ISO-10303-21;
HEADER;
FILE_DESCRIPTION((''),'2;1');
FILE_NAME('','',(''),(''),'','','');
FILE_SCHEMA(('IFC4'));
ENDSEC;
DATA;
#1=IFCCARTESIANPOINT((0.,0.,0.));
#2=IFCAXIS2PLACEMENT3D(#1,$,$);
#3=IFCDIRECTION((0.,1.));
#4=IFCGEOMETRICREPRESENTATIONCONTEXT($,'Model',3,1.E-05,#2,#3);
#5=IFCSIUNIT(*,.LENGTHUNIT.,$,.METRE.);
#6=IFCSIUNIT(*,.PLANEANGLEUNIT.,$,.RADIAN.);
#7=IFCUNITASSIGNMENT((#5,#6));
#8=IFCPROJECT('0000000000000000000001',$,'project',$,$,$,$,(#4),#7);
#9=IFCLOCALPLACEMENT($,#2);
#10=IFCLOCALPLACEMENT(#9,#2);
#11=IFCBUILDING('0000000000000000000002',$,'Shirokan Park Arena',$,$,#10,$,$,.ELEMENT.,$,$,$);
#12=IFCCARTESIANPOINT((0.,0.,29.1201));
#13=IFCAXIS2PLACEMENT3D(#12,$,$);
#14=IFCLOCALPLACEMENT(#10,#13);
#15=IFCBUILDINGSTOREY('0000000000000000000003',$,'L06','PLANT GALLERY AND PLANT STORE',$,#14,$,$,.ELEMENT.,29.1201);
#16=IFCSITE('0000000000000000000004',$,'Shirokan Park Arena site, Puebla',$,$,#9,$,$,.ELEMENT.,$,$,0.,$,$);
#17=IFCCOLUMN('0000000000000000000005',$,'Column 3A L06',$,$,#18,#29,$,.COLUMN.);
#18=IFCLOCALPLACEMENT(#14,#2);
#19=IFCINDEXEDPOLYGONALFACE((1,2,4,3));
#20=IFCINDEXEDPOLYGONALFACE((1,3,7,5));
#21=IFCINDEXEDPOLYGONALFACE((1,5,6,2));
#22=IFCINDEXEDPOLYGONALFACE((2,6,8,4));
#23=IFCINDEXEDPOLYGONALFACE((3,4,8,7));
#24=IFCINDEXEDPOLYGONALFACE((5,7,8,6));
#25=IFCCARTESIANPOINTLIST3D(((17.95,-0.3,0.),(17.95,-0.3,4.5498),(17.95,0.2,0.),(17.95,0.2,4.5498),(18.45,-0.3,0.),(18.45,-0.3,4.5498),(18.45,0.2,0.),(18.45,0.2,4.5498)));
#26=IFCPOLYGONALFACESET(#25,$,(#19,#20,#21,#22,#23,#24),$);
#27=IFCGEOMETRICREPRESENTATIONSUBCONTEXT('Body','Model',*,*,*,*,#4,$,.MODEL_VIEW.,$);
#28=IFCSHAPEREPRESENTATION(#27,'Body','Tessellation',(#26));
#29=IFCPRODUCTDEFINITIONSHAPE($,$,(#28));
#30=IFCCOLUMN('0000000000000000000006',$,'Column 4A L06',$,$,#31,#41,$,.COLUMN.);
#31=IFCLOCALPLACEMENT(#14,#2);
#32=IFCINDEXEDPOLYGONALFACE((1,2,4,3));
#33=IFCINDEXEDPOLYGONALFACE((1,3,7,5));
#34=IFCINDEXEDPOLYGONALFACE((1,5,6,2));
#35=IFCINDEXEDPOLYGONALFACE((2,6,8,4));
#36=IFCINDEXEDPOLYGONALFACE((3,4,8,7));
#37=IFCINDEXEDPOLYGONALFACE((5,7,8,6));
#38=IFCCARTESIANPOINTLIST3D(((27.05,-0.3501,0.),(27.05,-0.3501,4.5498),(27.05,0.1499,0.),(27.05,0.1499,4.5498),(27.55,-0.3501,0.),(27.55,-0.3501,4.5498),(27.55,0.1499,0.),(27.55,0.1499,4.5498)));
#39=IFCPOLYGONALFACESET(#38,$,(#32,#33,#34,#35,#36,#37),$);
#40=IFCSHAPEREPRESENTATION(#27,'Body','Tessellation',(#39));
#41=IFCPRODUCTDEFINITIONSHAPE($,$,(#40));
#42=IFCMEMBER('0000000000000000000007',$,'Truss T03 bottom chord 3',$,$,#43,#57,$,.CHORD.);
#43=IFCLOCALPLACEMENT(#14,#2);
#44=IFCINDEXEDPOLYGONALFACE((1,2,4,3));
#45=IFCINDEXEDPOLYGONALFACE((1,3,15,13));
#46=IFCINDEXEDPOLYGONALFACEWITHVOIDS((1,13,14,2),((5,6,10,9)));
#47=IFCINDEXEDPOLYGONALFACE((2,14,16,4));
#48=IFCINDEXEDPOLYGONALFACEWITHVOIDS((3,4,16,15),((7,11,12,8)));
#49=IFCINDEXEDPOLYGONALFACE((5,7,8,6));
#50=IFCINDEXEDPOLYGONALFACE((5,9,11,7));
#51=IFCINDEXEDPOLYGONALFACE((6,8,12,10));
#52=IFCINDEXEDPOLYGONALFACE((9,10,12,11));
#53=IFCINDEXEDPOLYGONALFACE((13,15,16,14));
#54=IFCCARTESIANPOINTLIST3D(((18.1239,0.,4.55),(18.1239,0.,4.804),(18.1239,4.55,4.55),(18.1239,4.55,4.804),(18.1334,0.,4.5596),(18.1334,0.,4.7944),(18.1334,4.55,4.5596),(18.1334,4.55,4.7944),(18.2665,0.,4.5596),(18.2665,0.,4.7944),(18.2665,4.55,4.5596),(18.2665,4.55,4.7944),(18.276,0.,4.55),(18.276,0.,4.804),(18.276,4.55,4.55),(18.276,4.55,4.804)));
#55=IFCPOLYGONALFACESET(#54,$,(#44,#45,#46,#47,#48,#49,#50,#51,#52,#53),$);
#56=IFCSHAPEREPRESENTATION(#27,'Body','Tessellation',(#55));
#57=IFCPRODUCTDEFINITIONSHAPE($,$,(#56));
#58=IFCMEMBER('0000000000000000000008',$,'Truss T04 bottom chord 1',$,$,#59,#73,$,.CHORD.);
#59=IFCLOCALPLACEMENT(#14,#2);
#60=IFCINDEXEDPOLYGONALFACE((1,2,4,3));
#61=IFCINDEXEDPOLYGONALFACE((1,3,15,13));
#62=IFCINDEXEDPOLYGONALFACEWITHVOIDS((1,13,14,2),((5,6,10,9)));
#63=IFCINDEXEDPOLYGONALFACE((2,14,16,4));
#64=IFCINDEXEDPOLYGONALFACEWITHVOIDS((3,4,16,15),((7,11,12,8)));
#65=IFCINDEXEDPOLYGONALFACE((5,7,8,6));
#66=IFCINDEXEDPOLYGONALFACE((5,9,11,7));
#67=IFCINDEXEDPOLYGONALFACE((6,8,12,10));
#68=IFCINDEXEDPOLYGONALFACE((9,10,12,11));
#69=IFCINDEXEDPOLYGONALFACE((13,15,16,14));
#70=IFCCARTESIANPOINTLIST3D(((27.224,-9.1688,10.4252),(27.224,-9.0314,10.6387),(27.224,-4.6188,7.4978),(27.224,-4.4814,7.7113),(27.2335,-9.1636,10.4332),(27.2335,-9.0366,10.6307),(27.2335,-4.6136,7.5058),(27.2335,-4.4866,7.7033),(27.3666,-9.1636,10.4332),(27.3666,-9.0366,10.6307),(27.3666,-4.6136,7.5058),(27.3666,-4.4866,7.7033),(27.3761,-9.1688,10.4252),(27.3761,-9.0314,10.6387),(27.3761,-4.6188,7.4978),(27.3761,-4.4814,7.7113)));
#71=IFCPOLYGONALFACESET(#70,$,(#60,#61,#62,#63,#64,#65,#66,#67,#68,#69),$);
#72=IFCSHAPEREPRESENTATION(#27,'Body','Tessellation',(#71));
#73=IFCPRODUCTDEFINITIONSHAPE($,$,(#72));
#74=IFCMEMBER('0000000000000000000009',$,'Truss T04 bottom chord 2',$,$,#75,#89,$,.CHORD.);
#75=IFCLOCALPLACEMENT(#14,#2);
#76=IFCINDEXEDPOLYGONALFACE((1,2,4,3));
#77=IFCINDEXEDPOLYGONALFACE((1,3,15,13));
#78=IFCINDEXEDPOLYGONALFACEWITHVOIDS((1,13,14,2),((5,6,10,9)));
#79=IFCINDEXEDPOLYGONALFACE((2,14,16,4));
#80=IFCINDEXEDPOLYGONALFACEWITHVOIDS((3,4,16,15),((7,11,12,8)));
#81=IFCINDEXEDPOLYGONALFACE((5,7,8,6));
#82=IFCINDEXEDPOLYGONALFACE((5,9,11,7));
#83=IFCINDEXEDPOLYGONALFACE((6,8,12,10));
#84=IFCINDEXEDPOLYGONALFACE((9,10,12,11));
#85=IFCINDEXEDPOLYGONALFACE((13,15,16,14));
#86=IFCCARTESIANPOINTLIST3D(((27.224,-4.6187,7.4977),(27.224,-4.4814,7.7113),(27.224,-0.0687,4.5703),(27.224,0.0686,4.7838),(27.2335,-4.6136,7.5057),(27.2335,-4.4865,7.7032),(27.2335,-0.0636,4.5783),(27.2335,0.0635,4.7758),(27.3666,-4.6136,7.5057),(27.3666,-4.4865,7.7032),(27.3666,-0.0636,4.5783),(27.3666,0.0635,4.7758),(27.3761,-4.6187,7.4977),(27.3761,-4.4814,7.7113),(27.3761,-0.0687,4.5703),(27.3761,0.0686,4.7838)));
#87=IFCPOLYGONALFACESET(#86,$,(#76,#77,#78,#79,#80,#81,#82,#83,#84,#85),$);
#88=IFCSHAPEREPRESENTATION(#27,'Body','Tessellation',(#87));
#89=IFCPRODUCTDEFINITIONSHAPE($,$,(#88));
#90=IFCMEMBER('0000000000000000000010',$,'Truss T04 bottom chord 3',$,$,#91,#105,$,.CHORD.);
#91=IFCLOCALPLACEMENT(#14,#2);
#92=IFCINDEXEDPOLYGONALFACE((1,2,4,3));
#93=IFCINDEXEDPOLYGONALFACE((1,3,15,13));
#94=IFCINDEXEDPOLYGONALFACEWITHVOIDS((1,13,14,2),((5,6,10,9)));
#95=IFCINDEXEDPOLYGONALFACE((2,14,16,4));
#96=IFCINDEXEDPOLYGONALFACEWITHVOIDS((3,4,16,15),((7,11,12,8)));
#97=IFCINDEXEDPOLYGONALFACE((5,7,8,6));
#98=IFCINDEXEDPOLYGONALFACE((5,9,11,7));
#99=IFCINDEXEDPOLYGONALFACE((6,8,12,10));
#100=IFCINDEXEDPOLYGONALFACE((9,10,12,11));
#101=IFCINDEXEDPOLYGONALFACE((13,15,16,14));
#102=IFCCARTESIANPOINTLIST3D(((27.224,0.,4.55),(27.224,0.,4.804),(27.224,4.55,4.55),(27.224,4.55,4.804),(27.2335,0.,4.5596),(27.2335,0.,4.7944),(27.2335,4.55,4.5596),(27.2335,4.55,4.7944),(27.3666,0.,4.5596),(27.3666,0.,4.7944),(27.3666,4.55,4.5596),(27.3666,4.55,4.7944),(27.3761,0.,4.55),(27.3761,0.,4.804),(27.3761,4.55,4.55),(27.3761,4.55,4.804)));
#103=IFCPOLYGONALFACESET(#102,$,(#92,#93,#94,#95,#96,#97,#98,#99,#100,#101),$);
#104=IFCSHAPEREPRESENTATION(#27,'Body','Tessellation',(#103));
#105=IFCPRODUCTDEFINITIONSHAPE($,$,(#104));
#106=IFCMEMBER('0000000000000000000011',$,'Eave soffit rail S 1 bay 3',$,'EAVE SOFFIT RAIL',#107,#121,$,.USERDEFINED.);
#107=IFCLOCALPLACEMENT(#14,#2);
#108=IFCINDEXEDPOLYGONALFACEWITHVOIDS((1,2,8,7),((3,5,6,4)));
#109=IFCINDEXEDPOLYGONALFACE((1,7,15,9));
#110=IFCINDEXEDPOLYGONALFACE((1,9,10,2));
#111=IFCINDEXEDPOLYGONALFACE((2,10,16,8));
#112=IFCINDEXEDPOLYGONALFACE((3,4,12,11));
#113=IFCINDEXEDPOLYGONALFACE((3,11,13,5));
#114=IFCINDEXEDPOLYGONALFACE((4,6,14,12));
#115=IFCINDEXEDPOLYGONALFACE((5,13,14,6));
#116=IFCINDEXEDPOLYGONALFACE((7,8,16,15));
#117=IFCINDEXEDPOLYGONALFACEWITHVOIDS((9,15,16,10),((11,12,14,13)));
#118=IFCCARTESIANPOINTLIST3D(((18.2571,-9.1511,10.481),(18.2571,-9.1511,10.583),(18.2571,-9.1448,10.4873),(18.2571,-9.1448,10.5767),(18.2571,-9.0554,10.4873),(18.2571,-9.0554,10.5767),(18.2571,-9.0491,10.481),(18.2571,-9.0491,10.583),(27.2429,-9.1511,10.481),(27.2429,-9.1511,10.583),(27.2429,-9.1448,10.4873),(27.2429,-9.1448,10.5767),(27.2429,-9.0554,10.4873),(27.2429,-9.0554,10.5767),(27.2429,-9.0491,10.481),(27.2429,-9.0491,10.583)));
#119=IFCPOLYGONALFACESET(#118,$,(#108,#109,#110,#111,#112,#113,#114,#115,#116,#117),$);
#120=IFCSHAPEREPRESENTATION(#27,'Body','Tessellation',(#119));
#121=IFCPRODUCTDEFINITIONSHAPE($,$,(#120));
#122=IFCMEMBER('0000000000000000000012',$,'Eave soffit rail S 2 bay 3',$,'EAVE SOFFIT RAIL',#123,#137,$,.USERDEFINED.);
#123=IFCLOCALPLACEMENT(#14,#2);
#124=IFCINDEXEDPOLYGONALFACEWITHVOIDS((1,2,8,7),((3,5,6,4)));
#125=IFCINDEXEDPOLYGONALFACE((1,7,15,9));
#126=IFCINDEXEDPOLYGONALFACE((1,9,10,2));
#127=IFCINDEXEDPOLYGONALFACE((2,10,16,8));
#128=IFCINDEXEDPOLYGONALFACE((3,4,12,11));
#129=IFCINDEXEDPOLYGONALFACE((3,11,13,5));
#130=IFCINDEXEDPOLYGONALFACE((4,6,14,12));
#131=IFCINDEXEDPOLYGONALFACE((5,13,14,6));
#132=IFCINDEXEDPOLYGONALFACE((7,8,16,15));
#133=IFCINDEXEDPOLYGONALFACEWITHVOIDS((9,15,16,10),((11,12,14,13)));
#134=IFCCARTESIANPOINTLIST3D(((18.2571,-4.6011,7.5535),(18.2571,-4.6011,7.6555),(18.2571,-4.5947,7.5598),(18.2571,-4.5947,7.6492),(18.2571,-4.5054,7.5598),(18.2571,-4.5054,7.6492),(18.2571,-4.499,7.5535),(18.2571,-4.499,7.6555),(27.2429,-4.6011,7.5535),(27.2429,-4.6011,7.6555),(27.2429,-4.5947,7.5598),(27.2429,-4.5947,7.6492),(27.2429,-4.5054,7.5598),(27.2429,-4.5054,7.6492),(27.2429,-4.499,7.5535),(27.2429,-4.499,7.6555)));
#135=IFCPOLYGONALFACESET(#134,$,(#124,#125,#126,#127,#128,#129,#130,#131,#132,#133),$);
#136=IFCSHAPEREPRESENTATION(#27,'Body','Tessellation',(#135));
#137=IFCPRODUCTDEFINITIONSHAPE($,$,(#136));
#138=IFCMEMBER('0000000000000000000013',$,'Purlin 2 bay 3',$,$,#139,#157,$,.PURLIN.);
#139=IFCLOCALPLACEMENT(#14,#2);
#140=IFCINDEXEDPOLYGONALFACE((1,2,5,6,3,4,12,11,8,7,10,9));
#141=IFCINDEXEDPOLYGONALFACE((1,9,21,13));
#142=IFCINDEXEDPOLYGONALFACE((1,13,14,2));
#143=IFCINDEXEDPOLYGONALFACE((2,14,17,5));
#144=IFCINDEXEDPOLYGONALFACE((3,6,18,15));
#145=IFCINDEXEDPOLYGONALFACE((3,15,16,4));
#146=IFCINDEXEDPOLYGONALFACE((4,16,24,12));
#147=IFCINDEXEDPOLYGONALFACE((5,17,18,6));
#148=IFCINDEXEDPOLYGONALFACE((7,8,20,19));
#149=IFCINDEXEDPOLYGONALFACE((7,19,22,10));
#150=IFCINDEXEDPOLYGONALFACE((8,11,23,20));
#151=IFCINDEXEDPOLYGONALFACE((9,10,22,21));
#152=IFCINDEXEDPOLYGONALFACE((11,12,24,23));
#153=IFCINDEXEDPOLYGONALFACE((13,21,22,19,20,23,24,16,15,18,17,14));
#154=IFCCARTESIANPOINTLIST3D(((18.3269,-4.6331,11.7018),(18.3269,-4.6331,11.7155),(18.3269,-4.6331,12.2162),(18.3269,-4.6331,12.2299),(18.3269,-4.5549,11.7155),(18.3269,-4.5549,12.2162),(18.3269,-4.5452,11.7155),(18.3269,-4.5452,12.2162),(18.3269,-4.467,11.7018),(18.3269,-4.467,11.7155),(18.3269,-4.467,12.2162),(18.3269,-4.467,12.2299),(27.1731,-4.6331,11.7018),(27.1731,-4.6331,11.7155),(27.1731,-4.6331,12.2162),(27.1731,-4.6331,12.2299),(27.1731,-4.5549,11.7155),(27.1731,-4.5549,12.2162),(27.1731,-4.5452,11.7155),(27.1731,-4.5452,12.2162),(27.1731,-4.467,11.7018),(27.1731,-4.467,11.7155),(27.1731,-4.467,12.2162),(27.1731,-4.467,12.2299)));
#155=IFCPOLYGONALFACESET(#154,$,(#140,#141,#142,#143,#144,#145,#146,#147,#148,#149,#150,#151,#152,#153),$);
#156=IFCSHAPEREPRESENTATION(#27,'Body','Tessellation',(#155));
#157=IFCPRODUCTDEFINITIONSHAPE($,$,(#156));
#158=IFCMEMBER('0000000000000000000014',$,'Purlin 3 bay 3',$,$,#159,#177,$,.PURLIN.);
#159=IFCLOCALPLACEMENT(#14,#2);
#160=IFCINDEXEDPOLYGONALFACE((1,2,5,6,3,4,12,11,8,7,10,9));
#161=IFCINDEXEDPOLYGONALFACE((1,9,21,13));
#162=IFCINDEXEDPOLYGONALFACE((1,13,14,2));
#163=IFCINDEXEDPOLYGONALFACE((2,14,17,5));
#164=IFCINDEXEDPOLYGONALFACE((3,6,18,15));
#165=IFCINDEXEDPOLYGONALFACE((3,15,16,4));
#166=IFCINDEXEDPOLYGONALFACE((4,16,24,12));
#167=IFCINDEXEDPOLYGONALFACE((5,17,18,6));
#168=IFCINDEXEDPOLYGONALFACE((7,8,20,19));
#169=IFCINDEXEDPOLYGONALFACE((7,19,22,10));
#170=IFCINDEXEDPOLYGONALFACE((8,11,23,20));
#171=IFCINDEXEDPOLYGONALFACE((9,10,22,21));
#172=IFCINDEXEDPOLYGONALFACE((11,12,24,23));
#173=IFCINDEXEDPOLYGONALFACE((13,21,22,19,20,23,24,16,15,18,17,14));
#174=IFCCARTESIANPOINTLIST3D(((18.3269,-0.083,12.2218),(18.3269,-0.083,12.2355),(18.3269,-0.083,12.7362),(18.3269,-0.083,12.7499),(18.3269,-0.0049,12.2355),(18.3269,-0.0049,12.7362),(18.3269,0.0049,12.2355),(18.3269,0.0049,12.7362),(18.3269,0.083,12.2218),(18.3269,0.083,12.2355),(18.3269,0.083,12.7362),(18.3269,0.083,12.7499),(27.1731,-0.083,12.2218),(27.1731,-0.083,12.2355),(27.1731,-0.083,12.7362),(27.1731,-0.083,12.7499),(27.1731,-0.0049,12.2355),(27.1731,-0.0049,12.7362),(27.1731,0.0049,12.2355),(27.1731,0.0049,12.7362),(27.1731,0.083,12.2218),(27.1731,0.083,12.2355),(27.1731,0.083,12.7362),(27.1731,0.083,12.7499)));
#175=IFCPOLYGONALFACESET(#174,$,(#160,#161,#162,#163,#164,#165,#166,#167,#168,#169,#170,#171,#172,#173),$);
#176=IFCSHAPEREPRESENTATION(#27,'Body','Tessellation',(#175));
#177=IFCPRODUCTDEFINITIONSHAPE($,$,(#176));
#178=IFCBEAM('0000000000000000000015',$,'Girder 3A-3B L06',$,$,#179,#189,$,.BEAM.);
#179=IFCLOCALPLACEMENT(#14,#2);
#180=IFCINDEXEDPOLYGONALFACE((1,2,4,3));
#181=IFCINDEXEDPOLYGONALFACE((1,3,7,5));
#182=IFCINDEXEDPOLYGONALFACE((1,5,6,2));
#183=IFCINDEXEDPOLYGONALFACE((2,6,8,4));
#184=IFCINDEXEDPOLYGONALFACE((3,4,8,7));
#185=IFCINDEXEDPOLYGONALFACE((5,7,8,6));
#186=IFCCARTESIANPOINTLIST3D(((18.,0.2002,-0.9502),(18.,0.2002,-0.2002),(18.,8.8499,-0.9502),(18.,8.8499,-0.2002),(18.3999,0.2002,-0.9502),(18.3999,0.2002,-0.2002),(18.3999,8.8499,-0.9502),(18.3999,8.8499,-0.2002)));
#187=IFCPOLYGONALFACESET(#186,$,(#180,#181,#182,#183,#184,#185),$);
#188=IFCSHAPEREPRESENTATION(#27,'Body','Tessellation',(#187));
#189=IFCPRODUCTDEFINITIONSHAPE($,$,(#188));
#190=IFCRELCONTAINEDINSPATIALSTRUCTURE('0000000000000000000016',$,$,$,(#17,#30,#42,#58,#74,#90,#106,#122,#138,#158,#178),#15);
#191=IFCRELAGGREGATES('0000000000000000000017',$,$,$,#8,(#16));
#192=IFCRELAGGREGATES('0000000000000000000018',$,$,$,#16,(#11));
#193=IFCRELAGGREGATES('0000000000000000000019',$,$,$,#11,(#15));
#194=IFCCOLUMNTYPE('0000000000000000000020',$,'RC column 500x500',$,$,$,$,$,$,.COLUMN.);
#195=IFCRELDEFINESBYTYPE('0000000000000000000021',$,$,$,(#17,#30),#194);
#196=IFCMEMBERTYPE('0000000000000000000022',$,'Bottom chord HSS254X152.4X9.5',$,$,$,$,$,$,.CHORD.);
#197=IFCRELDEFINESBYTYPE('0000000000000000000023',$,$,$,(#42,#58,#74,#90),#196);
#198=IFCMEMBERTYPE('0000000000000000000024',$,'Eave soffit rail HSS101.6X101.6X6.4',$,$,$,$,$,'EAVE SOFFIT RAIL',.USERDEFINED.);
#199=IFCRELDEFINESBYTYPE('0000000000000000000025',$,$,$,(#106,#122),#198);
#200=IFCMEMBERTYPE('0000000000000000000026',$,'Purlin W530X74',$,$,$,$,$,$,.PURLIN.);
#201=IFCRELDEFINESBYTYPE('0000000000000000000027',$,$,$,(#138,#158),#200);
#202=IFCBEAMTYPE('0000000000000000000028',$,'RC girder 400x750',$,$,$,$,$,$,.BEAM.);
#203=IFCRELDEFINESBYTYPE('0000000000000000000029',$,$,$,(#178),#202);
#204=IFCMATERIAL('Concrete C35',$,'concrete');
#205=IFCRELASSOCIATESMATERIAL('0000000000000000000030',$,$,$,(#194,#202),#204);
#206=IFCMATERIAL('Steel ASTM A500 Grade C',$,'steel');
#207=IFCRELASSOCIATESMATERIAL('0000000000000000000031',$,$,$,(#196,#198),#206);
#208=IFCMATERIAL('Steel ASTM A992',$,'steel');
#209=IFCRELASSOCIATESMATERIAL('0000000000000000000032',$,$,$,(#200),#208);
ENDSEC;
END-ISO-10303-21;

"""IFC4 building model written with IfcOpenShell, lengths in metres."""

from ifc_helpers import new_model, si_unit, direction, frame, origin, origin_2d, place, context, subcontext, project, spatial, rectangle, hollow_rectangle, i_section, extrude, material, material_profile, profile_set, type_object, element, save


model = new_model("IFC4")

# Units and contexts
model_context = context("Model", 3, precision=1e-05, world=origin(), true_north=direction((0.0, 1.0)))
body_context = subcontext(model_context, "Body", "Model", "MODEL_VIEW")
ifc_project = project(units=[si_unit("LENGTHUNIT", "METRE"), si_unit("PLANEANGLEUNIT", "RADIAN")], contexts=[model_context])

# Site, building, storey
site_placement = place(None, origin())
site = spatial("IfcSite", under=ifc_project, at=site_placement, Name="Shirokan Park Arena site, Puebla", CompositionType="ELEMENT", RefElevation=0.0)
building_placement = place(site_placement, origin())
building = spatial("IfcBuilding", under=site, at=building_placement, Name="Shirokan Park Arena", CompositionType="ELEMENT")
storey_placement = place(building_placement, frame((0.0, 0.0, 29.1201)))
storey = spatial("IfcBuildingStorey", under=building, at=storey_placement, Name="L06", Description="PLANT GALLERY AND PLANT STORE", CompositionType="ELEMENT", Elevation=29.1201)

# Columns
ifc_material_1 = material(Name="Concrete C35", Category="concrete")
ifc_material_profile_1 = material_profile(ifc_material_1, rectangle(XDim=0.5, YDim=0.5, at=origin_2d()), Name="500x500")
ifc_profile_set_1 = profile_set([ifc_material_profile_1], Name="Concrete C35")
column_type = type_object("IfcColumnType", Name="RC column 500x500", PredefinedType="COLUMN", material=ifc_profile_set_1)
for number, where, z_axis, x_axis, name in (
    (1, (18.2, -0.05, 0.0), (0.0, 0.0, 1.0), (1.0, 0.0, 0.0), "Column 3A L06"),
    (2, (27.3, -0.1001, 0.0), (0.0, 0.0, 1.0), (1.0, 0.0, 0.0), "Column 4A L06"),
):
    element("IfcColumn", number, at=place(storey_placement, frame(where, z_axis=z_axis, x_axis=x_axis)), inside=storey, type_object=column_type, Name=name, PredefinedType="COLUMN", context=body_context, shape_type="SweptSolid", body=[
        extrude(rectangle(XDim=0.5, YDim=0.5, at=origin_2d()), origin(), (0.0, 0.0, 1.0), 4.5498),
    ])

# Members
ifc_material_2 = material(Name="Steel ASTM A500 Grade C", Category="steel")
ifc_material_profile_2 = material_profile(ifc_material_2, hollow_rectangle(XDim=0.1521, YDim=0.2539, WallThickness=0.0095, at=origin_2d()), Name="HSS254X152.4X9.5")
ifc_profile_set_2 = profile_set([ifc_material_profile_2], Name="Steel ASTM A500 Grade C")
member_type_1 = type_object("IfcMemberType", Name="Bottom chord HSS254X152.4X9.5", PredefinedType="CHORD", material=ifc_profile_set_2)
member_1_placement = place(storey_placement, frame((18.2, 0.0, 4.677), z_axis=(0.0, 1.0, 0.0), x_axis=(-1.0, 0.0, 0.0)))
element("IfcMember", 3, at=member_1_placement, inside=storey, type_object=member_type_1, Name="Truss T03 bottom chord 3", PredefinedType="CHORD", context=body_context, shape_type="SweptSolid", body=[
    extrude(hollow_rectangle(XDim=0.1521, YDim=0.2539, WallThickness=0.0095, at=origin_2d()), origin(), (0.0, 0.0, 1.0), 4.55),
])
for number, where, z_axis, x_axis, name in (
    (4, (27.3, -9.1001, 10.532), (0.0, 0.840972, -0.541079), (-1.0, 0.0, 0.0), "Truss T04 bottom chord 1"),
    (5, (27.3, -4.55, 7.6045), (0.0, 0.840972, -0.541079), (-1.0, 0.0, 0.0), "Truss T04 bottom chord 2"),
):
    element("IfcMember", number, at=place(storey_placement, frame(where, z_axis=z_axis, x_axis=x_axis)), inside=storey, type_object=member_type_1, Name=name, PredefinedType="CHORD", context=body_context, shape_type="SweptSolid", body=[
        extrude(hollow_rectangle(XDim=0.1521, YDim=0.2539, WallThickness=0.0095, at=origin_2d()), origin(), (0.0, 0.0, 1.0), 5.4104),
    ])
member_2_placement = place(storey_placement, frame((27.3, 0.0, 4.677), z_axis=(0.0, 1.0, 0.0), x_axis=(-1.0, 0.0, 0.0)))
element("IfcMember", 6, at=member_2_placement, inside=storey, type_object=member_type_1, Name="Truss T04 bottom chord 3", PredefinedType="CHORD", context=body_context, shape_type="SweptSolid", body=[
    extrude(hollow_rectangle(XDim=0.1521, YDim=0.2539, WallThickness=0.0095, at=origin_2d()), origin(), (0.0, 0.0, 1.0), 4.55),
])
ifc_material_profile_3 = material_profile(ifc_material_2, hollow_rectangle(XDim=0.1021, YDim=0.1021, WallThickness=0.0063, at=origin_2d()), Name="HSS101.6X101.6X6.4")
ifc_profile_set_3 = profile_set([ifc_material_profile_3], Name="Steel ASTM A500 Grade C")
member_type_2 = type_object("IfcMemberType", Name="Eave soffit rail HSS101.6X101.6X6.4", ElementType="EAVE SOFFIT RAIL", PredefinedType="USERDEFINED", material=ifc_profile_set_3)
for number, where, z_axis, x_axis, name in (
    (7, (18.2571, -9.1001, 10.532), (1.0, 0.0, 0.0), (0.0, 1.0, 0.0), "Eave soffit rail S 1 bay 3"),
    (8, (18.2571, -4.55, 7.6045), (1.0, 0.0, 0.0), (0.0, 1.0, 0.0), "Eave soffit rail S 2 bay 3"),
):
    element("IfcMember", number, at=place(storey_placement, frame(where, z_axis=z_axis, x_axis=x_axis)), inside=storey, type_object=member_type_2, Name=name, ObjectType="EAVE SOFFIT RAIL", PredefinedType="USERDEFINED", context=body_context, shape_type="SweptSolid", body=[
        extrude(hollow_rectangle(XDim=0.1021, YDim=0.1021, WallThickness=0.0063, at=origin_2d()), origin(), (0.0, 0.0, 1.0), 8.9858),
    ])
ifc_material_3 = material(Name="Steel ASTM A992", Category="steel")
ifc_material_profile_4 = material_profile(ifc_material_3, i_section(OverallWidth=0.166, OverallDepth=0.5281, WebThickness=0.0098, FlangeThickness=0.0137, at=origin_2d()), Name="W530X74")
ifc_profile_set_4 = profile_set([ifc_material_profile_4], Name="Steel ASTM A992")
member_type_3 = type_object("IfcMemberType", Name="Purlin W530X74", PredefinedType="PURLIN", material=ifc_profile_set_4)
for number, where, z_axis, x_axis, name in (
    (9, (18.3269, -4.55, 11.9658), (1.0, 0.0, 0.0), (0.0, 1.0, 0.0), "Purlin 2 bay 3"),
    (10, (18.3269, 0.0, 12.4858), (1.0, 0.0, 0.0), (0.0, 1.0, 0.0), "Purlin 3 bay 3"),
):
    element("IfcMember", number, at=place(storey_placement, frame(where, z_axis=z_axis, x_axis=x_axis)), inside=storey, type_object=member_type_3, Name=name, PredefinedType="PURLIN", context=body_context, shape_type="SweptSolid", body=[
        extrude(i_section(OverallWidth=0.166, OverallDepth=0.5281, WebThickness=0.0098, FlangeThickness=0.0137, at=origin_2d()), origin(), (0.0, 0.0, 1.0), 8.8462),
    ])

# Beam
ifc_material_profile_5 = material_profile(ifc_material_1, rectangle(XDim=0.3999, YDim=0.75, at=origin_2d()), Name="400x750")
ifc_profile_set_5 = profile_set([ifc_material_profile_5], Name="Concrete C35")
beam_type_1 = type_object("IfcBeamType", Name="RC girder 400x750", PredefinedType="BEAM", material=ifc_profile_set_5)
beam_1_placement = place(storey_placement, frame((18.2, 0.2002, -0.5752), z_axis=(0.0, 1.0, 0.0), x_axis=(-1.0, 0.0, 0.0)))
element("IfcBeam", 11, at=beam_1_placement, inside=storey, type_object=beam_type_1, Name="Girder 3A-3B L06", PredefinedType="BEAM", context=body_context, shape_type="SweptSolid", body=[
    extrude(rectangle(XDim=0.3999, YDim=0.75, at=origin_2d()), origin(), (0.0, 0.0, 1.0), 8.6497),
])

save(model, "model.ifc")
